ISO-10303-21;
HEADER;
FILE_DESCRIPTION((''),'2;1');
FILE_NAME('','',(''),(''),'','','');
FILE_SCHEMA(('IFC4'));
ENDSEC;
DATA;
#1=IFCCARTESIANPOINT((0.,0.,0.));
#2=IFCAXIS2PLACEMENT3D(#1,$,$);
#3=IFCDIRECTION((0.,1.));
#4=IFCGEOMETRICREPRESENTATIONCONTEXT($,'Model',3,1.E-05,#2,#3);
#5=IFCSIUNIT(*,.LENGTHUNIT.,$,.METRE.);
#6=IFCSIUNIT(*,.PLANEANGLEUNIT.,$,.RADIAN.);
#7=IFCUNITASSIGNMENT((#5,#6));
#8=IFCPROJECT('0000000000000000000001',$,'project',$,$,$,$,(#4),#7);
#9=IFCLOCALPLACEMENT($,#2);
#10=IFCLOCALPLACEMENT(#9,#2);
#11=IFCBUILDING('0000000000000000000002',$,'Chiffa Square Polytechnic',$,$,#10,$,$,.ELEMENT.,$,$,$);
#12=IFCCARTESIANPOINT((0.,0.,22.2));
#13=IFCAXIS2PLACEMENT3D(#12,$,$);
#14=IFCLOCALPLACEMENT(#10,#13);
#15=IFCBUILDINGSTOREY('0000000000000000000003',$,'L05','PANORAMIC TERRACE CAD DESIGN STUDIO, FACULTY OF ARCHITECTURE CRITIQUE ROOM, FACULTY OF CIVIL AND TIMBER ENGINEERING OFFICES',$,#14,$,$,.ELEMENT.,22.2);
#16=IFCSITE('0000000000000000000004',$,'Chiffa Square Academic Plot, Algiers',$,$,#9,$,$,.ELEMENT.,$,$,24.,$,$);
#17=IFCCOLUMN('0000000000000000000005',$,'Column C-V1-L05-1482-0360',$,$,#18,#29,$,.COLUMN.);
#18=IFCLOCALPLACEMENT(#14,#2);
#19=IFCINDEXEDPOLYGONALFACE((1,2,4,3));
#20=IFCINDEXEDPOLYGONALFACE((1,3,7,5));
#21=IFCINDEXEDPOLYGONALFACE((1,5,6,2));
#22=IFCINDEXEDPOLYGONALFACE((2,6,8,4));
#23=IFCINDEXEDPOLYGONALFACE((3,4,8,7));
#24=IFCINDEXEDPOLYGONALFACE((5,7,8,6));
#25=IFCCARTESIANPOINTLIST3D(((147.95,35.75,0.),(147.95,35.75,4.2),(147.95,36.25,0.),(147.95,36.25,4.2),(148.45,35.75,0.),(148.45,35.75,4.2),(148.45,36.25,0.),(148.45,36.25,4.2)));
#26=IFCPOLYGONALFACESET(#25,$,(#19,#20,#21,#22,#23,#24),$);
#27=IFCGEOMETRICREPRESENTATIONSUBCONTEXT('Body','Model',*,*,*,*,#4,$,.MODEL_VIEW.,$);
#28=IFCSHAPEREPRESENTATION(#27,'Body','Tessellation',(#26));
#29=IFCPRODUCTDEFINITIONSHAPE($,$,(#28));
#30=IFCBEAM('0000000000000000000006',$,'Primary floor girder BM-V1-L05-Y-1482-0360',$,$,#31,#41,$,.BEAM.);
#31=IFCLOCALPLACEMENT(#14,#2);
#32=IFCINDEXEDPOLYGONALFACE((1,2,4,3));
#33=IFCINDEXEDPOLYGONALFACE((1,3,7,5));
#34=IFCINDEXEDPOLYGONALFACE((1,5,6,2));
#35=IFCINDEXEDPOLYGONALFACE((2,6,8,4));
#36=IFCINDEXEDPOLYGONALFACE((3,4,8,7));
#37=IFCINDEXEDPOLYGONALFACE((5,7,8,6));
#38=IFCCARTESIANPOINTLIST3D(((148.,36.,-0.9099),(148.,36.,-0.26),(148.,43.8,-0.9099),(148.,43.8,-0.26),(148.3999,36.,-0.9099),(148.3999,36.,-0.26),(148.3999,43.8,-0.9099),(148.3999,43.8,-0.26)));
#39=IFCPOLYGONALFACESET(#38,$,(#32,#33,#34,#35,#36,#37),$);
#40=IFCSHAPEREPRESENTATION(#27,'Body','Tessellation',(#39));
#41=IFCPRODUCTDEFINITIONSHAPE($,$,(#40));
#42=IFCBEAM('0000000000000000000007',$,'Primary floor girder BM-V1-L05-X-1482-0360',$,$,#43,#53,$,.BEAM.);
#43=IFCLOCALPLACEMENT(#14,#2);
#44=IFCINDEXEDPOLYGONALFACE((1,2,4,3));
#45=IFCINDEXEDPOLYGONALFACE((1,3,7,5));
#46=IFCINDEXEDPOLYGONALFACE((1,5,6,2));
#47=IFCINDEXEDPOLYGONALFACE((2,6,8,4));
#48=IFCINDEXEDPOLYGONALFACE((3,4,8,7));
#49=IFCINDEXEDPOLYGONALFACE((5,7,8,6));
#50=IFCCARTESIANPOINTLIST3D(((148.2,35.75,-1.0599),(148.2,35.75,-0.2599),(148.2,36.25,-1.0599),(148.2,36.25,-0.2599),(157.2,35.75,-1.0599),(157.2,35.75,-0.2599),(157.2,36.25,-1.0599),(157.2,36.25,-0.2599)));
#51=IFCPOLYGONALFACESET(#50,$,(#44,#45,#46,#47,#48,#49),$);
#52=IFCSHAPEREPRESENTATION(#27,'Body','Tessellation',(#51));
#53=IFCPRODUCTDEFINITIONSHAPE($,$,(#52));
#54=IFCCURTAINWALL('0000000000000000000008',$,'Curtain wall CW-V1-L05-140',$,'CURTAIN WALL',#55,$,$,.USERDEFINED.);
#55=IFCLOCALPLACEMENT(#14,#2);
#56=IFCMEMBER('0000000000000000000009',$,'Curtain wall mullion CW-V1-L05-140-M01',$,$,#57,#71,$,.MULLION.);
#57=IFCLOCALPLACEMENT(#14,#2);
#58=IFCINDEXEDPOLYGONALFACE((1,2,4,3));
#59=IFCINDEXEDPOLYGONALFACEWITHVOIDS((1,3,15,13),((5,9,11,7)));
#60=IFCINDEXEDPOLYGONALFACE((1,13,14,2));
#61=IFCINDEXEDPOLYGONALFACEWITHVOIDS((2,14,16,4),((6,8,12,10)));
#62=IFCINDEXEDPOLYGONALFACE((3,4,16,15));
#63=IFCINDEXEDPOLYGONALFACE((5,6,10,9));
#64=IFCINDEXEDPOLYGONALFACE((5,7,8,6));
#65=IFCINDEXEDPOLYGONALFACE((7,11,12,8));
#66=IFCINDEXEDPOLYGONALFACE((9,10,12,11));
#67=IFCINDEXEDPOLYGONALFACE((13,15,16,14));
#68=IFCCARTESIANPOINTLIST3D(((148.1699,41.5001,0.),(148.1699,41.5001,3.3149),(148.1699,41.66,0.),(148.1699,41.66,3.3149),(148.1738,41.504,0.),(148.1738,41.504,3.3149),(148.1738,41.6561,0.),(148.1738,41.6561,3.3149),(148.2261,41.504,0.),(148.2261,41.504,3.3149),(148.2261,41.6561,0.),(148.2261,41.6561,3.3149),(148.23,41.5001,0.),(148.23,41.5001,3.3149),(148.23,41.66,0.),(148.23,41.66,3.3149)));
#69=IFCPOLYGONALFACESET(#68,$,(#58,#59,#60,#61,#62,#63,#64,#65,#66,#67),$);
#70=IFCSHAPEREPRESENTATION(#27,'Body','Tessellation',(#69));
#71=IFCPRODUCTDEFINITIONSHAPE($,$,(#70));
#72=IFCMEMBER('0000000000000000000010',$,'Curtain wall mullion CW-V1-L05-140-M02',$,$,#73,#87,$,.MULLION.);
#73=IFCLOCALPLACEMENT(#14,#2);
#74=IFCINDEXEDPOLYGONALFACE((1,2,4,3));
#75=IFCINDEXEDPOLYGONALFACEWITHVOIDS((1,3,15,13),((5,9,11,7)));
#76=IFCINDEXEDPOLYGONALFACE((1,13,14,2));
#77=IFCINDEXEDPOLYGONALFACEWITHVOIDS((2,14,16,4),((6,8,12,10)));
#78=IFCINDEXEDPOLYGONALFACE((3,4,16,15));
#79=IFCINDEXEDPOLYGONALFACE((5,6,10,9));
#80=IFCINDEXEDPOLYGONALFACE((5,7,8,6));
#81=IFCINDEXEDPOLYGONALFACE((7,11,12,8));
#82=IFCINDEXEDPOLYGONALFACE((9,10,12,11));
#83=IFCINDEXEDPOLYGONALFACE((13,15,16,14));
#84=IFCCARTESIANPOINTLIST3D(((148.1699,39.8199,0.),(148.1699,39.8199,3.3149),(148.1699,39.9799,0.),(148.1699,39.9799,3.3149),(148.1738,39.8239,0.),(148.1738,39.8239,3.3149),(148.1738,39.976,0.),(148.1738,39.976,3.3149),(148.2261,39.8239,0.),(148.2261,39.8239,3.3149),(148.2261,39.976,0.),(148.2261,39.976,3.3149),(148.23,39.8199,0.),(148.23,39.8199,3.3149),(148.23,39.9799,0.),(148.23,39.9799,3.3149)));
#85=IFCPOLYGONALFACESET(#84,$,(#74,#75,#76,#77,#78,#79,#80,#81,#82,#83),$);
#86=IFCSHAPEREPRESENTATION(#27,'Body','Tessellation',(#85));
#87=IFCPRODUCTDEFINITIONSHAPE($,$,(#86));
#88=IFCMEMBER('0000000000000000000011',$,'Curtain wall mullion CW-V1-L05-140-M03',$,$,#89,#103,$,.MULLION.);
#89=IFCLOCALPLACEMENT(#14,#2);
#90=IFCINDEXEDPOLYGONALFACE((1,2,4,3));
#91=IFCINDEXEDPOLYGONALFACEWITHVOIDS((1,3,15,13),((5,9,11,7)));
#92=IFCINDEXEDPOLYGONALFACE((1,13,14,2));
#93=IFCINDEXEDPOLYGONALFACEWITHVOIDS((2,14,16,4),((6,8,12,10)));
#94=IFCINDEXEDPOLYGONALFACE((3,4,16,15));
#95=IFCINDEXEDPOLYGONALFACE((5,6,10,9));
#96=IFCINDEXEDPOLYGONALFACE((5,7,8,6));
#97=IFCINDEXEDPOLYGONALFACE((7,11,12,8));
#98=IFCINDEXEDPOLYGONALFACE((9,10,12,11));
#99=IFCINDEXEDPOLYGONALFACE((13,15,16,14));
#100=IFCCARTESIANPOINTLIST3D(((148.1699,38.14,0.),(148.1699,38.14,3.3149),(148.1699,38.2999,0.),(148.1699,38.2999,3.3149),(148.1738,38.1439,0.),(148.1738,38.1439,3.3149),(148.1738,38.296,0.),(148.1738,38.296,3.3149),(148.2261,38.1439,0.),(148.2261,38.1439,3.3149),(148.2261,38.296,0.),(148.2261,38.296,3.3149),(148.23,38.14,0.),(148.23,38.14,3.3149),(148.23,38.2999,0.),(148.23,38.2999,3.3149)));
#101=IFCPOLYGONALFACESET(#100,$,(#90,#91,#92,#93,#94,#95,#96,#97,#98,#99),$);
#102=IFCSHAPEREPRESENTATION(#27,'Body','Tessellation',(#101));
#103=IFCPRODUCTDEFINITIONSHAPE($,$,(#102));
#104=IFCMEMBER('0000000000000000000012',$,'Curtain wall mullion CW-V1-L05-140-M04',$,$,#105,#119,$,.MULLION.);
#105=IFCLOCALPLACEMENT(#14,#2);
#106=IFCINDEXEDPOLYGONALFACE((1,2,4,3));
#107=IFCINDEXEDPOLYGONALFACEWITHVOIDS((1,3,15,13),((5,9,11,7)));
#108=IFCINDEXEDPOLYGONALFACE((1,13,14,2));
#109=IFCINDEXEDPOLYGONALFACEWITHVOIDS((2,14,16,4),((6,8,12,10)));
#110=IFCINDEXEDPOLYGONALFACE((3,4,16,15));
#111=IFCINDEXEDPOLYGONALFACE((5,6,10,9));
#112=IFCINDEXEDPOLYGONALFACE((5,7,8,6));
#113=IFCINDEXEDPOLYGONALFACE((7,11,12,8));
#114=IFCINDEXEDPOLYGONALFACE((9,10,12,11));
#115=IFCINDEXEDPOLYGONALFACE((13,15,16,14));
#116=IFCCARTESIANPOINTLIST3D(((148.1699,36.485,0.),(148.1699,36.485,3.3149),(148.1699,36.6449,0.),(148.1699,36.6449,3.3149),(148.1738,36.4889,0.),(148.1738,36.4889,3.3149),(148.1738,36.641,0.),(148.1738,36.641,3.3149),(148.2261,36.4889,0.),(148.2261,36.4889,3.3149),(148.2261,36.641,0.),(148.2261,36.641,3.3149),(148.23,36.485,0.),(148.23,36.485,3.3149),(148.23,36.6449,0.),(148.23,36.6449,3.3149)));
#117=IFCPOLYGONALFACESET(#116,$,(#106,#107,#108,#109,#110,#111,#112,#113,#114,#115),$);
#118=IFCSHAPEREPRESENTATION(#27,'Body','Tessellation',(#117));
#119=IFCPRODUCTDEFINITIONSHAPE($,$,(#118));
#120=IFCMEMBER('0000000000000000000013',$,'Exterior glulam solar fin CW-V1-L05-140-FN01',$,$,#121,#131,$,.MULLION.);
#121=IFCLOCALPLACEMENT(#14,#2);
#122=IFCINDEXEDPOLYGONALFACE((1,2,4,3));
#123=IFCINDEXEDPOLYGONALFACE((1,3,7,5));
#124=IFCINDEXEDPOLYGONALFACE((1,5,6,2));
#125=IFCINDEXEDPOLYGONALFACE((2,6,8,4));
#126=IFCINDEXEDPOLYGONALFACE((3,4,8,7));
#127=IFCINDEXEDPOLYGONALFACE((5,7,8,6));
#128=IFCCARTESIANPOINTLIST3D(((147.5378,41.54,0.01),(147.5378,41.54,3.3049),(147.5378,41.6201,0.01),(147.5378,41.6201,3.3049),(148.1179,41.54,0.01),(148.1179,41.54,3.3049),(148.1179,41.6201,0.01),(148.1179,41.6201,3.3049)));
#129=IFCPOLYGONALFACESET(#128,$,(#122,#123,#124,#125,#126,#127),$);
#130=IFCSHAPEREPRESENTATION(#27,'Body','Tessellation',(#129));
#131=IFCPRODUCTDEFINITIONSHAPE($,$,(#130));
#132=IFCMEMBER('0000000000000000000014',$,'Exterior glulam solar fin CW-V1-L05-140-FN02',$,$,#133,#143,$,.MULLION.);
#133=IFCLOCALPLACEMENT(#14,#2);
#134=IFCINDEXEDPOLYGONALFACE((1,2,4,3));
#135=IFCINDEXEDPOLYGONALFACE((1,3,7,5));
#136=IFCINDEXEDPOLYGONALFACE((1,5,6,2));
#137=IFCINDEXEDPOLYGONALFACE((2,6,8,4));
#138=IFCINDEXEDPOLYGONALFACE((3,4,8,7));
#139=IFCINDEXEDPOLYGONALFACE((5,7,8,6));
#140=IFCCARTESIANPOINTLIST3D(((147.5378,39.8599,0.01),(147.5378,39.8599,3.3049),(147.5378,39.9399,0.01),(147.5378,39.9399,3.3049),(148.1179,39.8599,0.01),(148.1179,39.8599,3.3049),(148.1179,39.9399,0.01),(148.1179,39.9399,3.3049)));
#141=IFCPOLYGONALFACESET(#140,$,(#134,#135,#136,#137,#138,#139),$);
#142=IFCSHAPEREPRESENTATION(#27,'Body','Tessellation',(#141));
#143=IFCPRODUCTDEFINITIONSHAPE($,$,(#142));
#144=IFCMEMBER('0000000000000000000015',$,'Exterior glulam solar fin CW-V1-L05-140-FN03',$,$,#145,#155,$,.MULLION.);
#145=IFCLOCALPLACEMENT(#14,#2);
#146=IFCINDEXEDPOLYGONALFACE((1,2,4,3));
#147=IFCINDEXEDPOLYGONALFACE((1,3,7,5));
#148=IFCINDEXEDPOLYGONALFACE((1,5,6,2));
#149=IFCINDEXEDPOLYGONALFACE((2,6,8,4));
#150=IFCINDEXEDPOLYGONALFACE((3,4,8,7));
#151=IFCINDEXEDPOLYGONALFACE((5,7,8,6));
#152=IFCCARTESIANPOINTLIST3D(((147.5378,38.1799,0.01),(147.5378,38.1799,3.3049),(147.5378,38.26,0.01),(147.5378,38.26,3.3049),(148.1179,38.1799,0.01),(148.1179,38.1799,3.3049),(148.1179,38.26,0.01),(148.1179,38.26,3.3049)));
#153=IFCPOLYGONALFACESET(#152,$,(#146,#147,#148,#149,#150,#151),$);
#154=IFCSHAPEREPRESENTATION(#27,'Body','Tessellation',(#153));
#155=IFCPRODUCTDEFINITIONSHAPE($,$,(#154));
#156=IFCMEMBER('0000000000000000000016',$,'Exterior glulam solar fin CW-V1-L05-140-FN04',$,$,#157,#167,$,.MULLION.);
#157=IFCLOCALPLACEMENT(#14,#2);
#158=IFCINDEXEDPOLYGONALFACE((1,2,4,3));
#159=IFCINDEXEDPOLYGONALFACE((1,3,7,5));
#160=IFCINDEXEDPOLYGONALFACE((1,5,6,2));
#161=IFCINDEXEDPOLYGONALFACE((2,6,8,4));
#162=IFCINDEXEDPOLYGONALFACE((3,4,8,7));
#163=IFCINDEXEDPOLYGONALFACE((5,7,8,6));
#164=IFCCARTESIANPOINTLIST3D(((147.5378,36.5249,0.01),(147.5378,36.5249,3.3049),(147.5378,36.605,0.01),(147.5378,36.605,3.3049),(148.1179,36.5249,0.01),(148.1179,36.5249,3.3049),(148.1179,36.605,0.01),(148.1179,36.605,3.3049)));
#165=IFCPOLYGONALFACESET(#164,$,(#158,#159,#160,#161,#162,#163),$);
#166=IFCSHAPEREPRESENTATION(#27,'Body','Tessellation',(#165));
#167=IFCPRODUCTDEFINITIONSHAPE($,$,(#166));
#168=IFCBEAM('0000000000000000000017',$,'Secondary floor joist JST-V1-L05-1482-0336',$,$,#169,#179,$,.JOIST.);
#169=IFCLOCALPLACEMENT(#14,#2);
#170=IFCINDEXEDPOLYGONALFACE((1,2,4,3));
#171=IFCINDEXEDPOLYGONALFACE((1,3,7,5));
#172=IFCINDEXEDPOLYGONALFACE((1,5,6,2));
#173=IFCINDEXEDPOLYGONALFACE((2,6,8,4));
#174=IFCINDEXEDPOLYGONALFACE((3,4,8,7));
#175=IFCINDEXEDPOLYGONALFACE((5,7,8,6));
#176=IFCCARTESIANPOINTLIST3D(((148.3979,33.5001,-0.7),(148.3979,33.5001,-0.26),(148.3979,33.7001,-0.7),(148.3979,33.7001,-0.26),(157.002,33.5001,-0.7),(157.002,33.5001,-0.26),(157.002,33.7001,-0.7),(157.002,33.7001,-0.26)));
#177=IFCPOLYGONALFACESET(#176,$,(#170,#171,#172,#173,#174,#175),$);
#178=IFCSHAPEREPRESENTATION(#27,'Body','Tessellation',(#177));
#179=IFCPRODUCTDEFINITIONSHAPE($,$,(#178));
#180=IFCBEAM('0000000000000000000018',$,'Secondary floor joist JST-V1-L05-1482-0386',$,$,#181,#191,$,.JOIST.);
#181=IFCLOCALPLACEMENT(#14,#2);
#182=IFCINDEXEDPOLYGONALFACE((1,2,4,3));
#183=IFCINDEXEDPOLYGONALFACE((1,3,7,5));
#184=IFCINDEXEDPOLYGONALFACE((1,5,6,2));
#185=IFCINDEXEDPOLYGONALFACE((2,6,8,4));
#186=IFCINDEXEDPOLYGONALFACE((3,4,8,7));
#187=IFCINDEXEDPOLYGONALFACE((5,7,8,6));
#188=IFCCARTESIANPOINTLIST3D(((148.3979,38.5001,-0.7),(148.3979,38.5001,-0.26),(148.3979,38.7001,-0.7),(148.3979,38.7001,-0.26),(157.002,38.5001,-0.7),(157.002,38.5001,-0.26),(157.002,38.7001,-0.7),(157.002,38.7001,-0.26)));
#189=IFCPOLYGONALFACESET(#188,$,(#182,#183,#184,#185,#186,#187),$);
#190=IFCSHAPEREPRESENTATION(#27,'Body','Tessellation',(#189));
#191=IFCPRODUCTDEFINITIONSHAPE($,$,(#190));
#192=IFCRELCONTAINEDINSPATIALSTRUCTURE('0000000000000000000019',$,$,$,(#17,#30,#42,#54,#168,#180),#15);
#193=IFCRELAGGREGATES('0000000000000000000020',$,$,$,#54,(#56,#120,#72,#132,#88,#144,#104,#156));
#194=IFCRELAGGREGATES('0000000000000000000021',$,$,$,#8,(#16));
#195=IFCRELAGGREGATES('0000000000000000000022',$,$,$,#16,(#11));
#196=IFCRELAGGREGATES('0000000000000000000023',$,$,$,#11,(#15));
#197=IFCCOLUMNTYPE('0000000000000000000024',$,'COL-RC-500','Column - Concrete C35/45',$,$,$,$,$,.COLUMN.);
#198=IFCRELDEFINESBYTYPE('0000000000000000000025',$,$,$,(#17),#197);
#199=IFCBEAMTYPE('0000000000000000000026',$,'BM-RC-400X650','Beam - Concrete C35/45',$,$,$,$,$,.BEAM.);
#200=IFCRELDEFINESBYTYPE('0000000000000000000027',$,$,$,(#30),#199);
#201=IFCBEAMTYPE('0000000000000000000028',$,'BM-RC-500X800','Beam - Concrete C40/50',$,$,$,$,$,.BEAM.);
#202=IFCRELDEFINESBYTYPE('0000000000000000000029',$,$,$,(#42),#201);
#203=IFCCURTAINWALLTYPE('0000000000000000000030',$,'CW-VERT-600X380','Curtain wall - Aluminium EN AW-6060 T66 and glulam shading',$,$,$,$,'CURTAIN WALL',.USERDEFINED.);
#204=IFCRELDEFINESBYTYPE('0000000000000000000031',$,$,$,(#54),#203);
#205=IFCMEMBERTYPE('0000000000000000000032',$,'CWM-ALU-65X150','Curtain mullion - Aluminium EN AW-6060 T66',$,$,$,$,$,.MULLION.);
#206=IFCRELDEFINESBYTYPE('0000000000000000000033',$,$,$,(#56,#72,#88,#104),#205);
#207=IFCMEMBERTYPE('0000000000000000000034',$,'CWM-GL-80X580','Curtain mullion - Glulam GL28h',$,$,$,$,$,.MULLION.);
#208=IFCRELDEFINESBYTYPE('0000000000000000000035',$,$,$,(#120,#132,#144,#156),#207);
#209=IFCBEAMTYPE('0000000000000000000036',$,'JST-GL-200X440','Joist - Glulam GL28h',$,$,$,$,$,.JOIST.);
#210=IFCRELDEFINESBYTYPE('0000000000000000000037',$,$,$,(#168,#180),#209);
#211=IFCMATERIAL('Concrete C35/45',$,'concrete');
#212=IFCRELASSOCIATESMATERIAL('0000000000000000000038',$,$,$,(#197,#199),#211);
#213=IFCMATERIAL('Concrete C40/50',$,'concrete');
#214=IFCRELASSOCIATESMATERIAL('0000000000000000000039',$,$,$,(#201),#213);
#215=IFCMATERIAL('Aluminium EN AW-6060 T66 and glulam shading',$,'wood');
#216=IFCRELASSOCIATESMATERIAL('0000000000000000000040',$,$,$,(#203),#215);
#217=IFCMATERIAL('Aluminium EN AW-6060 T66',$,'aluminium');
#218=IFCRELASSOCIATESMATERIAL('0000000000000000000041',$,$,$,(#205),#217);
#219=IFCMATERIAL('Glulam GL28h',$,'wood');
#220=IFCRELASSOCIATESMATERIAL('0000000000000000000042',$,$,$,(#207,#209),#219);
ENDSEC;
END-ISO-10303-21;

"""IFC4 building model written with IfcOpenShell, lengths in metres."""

from ifc_helpers import new_model, si_unit, direction, frame, origin, origin_2d, place, context, subcontext, project, spatial, rectangle, hollow_rectangle, extrude, material, material_profile, profile_set, type_object, element, aggregate, save


model = new_model("IFC4")

# Units and contexts
model_context = context("Model", 3, precision=1e-05, world=origin(), true_north=direction((0.0, 1.0)))
body_context = subcontext(model_context, "Body", "Model", "MODEL_VIEW")
ifc_project = project(units=[si_unit("LENGTHUNIT", "METRE"), si_unit("PLANEANGLEUNIT", "RADIAN")], contexts=[model_context])

# Site, building, storey
site_placement = place(None, origin())
site = spatial("IfcSite", under=ifc_project, at=site_placement, Name="Chiffa Square Academic Plot, Algiers", CompositionType="ELEMENT", RefElevation=24.0)
building_placement = place(site_placement, origin())
building = spatial("IfcBuilding", under=site, at=building_placement, Name="Chiffa Square Polytechnic", CompositionType="ELEMENT")
storey_placement = place(building_placement, frame((0.0, 0.0, 22.2)))
storey = spatial("IfcBuildingStorey", under=building, at=storey_placement, Name="L05", Description="PANORAMIC TERRACE CAD DESIGN STUDIO, FACULTY OF ARCHITECTURE CRITIQUE ROOM, FACULTY OF CIVIL AND TIMBER ENGINEERING OFFICES", CompositionType="ELEMENT", Elevation=22.2)

# Column
ifc_material_1 = material(Name="Concrete C35/45", Category="concrete")
ifc_material_profile_1 = material_profile(ifc_material_1, rectangle(XDim=0.5, YDim=0.5, at=origin_2d()), Name="RC 500x500")
ifc_profile_set_1 = profile_set([ifc_material_profile_1], Name="Concrete C35/45")
column_type = type_object("IfcColumnType", Name="COL-RC-500", Description="Column - Concrete C35/45", PredefinedType="COLUMN", material=ifc_profile_set_1)
column_placement = place(storey_placement, frame((148.2, 36.0, 0.0), z_axis=(0.0, 0.0, 1.0), x_axis=(1.0, 0.0, 0.0)))
element("IfcColumn", 1, at=column_placement, inside=storey, type_object=column_type, Name="Column C-V1-L05-1482-0360", PredefinedType="COLUMN", context=body_context, shape_type="SweptSolid", body=[
    extrude(rectangle(XDim=0.5, YDim=0.5, at=origin_2d()), origin(), (0.0, 0.0, 1.0), 4.2),
])

# Beams
ifc_material_profile_2 = material_profile(ifc_material_1, rectangle(XDim=0.3999, YDim=0.6499, at=origin_2d()), Name="RC 400x650")
ifc_profile_set_2 = profile_set([ifc_material_profile_2], Name="Concrete C35/45")
beam_type_1 = type_object("IfcBeamType", Name="BM-RC-400X650", Description="Beam - Concrete C35/45", PredefinedType="BEAM", material=ifc_profile_set_2)
beam_1_placement = place(storey_placement, frame((148.2, 36.0, -0.585), z_axis=(0.0, 1.0, 0.0), x_axis=(-1.0, 0.0, 0.0)))
element("IfcBeam", 2, at=beam_1_placement, inside=storey, type_object=beam_type_1, Name="Primary floor girder BM-V1-L05-Y-1482-0360", PredefinedType="BEAM", context=body_context, shape_type="SweptSolid", body=[
    extrude(rectangle(XDim=0.3999, YDim=0.6499, at=origin_2d()), origin(), (0.0, 0.0, 1.0), 7.8),
])
ifc_material_2 = material(Name="Concrete C40/50", Category="concrete")
ifc_material_profile_3 = material_profile(ifc_material_2, rectangle(XDim=0.5, YDim=0.8, at=origin_2d()), Name="RC 500x800")
ifc_profile_set_3 = profile_set([ifc_material_profile_3], Name="Concrete C40/50")
beam_type_2 = type_object("IfcBeamType", Name="BM-RC-500X800", Description="Beam - Concrete C40/50", PredefinedType="BEAM", material=ifc_profile_set_3)
beam_2_placement = place(storey_placement, frame((148.2, 36.0, -0.6599), z_axis=(1.0, 0.0, 0.0), x_axis=(0.0, 1.0, 0.0)))
element("IfcBeam", 3, at=beam_2_placement, inside=storey, type_object=beam_type_2, Name="Primary floor girder BM-V1-L05-X-1482-0360", PredefinedType="BEAM", context=body_context, shape_type="SweptSolid", body=[
    extrude(rectangle(XDim=0.5, YDim=0.8, at=origin_2d()), origin(), (0.0, 0.0, 1.0), 9.0),
])

# Curtain wall, members
ifc_material_3 = material(Name="Aluminium EN AW-6060 T66 and glulam shading", Category="wood")
curtain_wall_type = type_object("IfcCurtainWallType", Name="CW-VERT-600X380", Description="Curtain wall - Aluminium EN AW-6060 T66 and glulam shading", ElementType="CURTAIN WALL", PredefinedType="USERDEFINED", material=ifc_material_3)
curtain_wall_placement = place(storey_placement, origin())
curtain_wall = element("IfcCurtainWall", 4, at=curtain_wall_placement, inside=storey, type_object=curtain_wall_type, Name="Curtain wall CW-V1-L05-140", ObjectType="CURTAIN WALL", PredefinedType="USERDEFINED")
ifc_material_4 = material(Name="Aluminium EN AW-6060 T66", Category="aluminium")
ifc_material_profile_4 = material_profile(ifc_material_4, hollow_rectangle(XDim=0.0601, YDim=0.1599, WallThickness=0.0039, at=origin_2d()), Name="ALU 60x160x4")
ifc_profile_set_4 = profile_set([ifc_material_profile_4], Name="Aluminium EN AW-6060 T66")
member_type_1 = type_object("IfcMemberType", Name="CWM-ALU-65X150", Description="Curtain mullion - Aluminium EN AW-6060 T66", PredefinedType="MULLION", material=ifc_profile_set_4)
member_1_placement = place(storey_placement, frame((148.2, 41.5801, 0.0), z_axis=(0.0, 0.0, 1.0), x_axis=(1.0, 0.0, 0.0)))
member_1 = element("IfcMember", 5, at=member_1_placement, type_object=member_type_1, Name="Curtain wall mullion CW-V1-L05-140-M01", PredefinedType="MULLION", context=body_context, shape_type="SweptSolid", body=[
    extrude(hollow_rectangle(XDim=0.0601, YDim=0.1599, WallThickness=0.0039, at=origin_2d()), origin(), (0.0, 0.0, 1.0), 3.3149),
])
member_2_placement = place(storey_placement, frame((148.2, 39.8999, 0.0), z_axis=(0.0, 0.0, 1.0), x_axis=(1.0, 0.0, 0.0)))
member_2 = element("IfcMember", 6, at=member_2_placement, type_object=member_type_1, Name="Curtain wall mullion CW-V1-L05-140-M02", PredefinedType="MULLION", context=body_context, shape_type="SweptSolid", body=[
    extrude(hollow_rectangle(XDim=0.0601, YDim=0.1599, WallThickness=0.0039, at=origin_2d()), origin(), (0.0, 0.0, 1.0), 3.3149),
])
member_3_placement = place(storey_placement, frame((148.2, 38.22, 0.0), z_axis=(0.0, 0.0, 1.0), x_axis=(1.0, 0.0, 0.0)))
member_3 = element("IfcMember", 7, at=member_3_placement, type_object=member_type_1, Name="Curtain wall mullion CW-V1-L05-140-M03", PredefinedType="MULLION", context=body_context, shape_type="SweptSolid", body=[
    extrude(hollow_rectangle(XDim=0.0601, YDim=0.1599, WallThickness=0.0039, at=origin_2d()), origin(), (0.0, 0.0, 1.0), 3.3149),
])
member_4_placement = place(storey_placement, frame((148.2, 36.5649, 0.0), z_axis=(0.0, 0.0, 1.0), x_axis=(1.0, 0.0, 0.0)))
member_4 = element("IfcMember", 8, at=member_4_placement, type_object=member_type_1, Name="Curtain wall mullion CW-V1-L05-140-M04", PredefinedType="MULLION", context=body_context, shape_type="SweptSolid", body=[
    extrude(hollow_rectangle(XDim=0.0601, YDim=0.1599, WallThickness=0.0039, at=origin_2d()), origin(), (0.0, 0.0, 1.0), 3.3149),
])
ifc_material_5 = material(Name="Glulam GL28h", Category="wood")
ifc_material_profile_5 = material_profile(ifc_material_5, rectangle(XDim=0.0801, YDim=0.5801, at=origin_2d()), Name="GL28h 80x580")
ifc_profile_set_5 = profile_set([ifc_material_profile_5], Name="Glulam GL28h")
member_type_2 = type_object("IfcMemberType", Name="CWM-GL-80X580", Description="Curtain mullion - Glulam GL28h", PredefinedType="MULLION", material=ifc_profile_set_5)
member_5_placement = place(storey_placement, frame((147.8279, 41.5801, 0.01), z_axis=(0.0, 0.0, 1.0), x_axis=(0.0, -1.0, 0.0)))
member_5 = element("IfcMember", 9, at=member_5_placement, type_object=member_type_2, Name="Exterior glulam solar fin CW-V1-L05-140-FN01", PredefinedType="MULLION", context=body_context, shape_type="SweptSolid", body=[
    extrude(rectangle(XDim=0.0801, YDim=0.5801, at=origin_2d()), origin(), (0.0, 0.0, 1.0), 3.2949),
])
member_6_placement = place(storey_placement, frame((147.8279, 39.8999, 0.01), z_axis=(0.0, 0.0, 1.0), x_axis=(0.0, -1.0, 0.0)))
member_6 = element("IfcMember", 10, at=member_6_placement, type_object=member_type_2, Name="Exterior glulam solar fin CW-V1-L05-140-FN02", PredefinedType="MULLION", context=body_context, shape_type="SweptSolid", body=[
    extrude(rectangle(XDim=0.0801, YDim=0.5801, at=origin_2d()), origin(), (0.0, 0.0, 1.0), 3.2949),
])
member_7_placement = place(storey_placement, frame((147.8279, 38.22, 0.01), z_axis=(0.0, 0.0, 1.0), x_axis=(0.0, -1.0, 0.0)))
member_7 = element("IfcMember", 11, at=member_7_placement, type_object=member_type_2, Name="Exterior glulam solar fin CW-V1-L05-140-FN03", PredefinedType="MULLION", context=body_context, shape_type="SweptSolid", body=[
    extrude(rectangle(XDim=0.0801, YDim=0.5801, at=origin_2d()), origin(), (0.0, 0.0, 1.0), 3.2949),
])
member_8_placement = place(storey_placement, frame((147.8279, 36.5649, 0.01), z_axis=(0.0, 0.0, 1.0), x_axis=(0.0, -1.0, 0.0)))
member_8 = element("IfcMember", 12, at=member_8_placement, type_object=member_type_2, Name="Exterior glulam solar fin CW-V1-L05-140-FN04", PredefinedType="MULLION", context=body_context, shape_type="SweptSolid", body=[
    extrude(rectangle(XDim=0.0801, YDim=0.5801, at=origin_2d()), origin(), (0.0, 0.0, 1.0), 3.2949),
])

# Beams
ifc_material_profile_6 = material_profile(ifc_material_5, rectangle(XDim=0.2, YDim=0.4399, at=origin_2d()), Name="GL28h 200x440")
ifc_profile_set_6 = profile_set([ifc_material_profile_6], Name="Glulam GL28h")
beam_type_3 = type_object("IfcBeamType", Name="JST-GL-200X440", Description="Joist - Glulam GL28h", PredefinedType="JOIST", material=ifc_profile_set_6)
for number, where, z_axis, x_axis, name in (
    (13, (148.3979, 33.6001, -0.48), (1.0, 0.0, 0.0), (0.0, 1.0, 0.0), "Secondary floor joist JST-V1-L05-1482-0336"),
    (14, (148.3979, 38.6001, -0.48), (1.0, 0.0, 0.0), (0.0, 1.0, 0.0), "Secondary floor joist JST-V1-L05-1482-0386"),
):
    element("IfcBeam", number, at=place(storey_placement, frame(where, z_axis=z_axis, x_axis=x_axis)), inside=storey, type_object=beam_type_3, Name=name, PredefinedType="JOIST", context=body_context, shape_type="SweptSolid", body=[
        extrude(rectangle(XDim=0.2, YDim=0.4399, at=origin_2d()), origin(), (0.0, 0.0, 1.0), 8.604),
    ])

aggregate(curtain_wall, [member_1, member_5, member_2, member_6, member_3, member_7, member_4, member_8])

save(model, "model.ifc")
